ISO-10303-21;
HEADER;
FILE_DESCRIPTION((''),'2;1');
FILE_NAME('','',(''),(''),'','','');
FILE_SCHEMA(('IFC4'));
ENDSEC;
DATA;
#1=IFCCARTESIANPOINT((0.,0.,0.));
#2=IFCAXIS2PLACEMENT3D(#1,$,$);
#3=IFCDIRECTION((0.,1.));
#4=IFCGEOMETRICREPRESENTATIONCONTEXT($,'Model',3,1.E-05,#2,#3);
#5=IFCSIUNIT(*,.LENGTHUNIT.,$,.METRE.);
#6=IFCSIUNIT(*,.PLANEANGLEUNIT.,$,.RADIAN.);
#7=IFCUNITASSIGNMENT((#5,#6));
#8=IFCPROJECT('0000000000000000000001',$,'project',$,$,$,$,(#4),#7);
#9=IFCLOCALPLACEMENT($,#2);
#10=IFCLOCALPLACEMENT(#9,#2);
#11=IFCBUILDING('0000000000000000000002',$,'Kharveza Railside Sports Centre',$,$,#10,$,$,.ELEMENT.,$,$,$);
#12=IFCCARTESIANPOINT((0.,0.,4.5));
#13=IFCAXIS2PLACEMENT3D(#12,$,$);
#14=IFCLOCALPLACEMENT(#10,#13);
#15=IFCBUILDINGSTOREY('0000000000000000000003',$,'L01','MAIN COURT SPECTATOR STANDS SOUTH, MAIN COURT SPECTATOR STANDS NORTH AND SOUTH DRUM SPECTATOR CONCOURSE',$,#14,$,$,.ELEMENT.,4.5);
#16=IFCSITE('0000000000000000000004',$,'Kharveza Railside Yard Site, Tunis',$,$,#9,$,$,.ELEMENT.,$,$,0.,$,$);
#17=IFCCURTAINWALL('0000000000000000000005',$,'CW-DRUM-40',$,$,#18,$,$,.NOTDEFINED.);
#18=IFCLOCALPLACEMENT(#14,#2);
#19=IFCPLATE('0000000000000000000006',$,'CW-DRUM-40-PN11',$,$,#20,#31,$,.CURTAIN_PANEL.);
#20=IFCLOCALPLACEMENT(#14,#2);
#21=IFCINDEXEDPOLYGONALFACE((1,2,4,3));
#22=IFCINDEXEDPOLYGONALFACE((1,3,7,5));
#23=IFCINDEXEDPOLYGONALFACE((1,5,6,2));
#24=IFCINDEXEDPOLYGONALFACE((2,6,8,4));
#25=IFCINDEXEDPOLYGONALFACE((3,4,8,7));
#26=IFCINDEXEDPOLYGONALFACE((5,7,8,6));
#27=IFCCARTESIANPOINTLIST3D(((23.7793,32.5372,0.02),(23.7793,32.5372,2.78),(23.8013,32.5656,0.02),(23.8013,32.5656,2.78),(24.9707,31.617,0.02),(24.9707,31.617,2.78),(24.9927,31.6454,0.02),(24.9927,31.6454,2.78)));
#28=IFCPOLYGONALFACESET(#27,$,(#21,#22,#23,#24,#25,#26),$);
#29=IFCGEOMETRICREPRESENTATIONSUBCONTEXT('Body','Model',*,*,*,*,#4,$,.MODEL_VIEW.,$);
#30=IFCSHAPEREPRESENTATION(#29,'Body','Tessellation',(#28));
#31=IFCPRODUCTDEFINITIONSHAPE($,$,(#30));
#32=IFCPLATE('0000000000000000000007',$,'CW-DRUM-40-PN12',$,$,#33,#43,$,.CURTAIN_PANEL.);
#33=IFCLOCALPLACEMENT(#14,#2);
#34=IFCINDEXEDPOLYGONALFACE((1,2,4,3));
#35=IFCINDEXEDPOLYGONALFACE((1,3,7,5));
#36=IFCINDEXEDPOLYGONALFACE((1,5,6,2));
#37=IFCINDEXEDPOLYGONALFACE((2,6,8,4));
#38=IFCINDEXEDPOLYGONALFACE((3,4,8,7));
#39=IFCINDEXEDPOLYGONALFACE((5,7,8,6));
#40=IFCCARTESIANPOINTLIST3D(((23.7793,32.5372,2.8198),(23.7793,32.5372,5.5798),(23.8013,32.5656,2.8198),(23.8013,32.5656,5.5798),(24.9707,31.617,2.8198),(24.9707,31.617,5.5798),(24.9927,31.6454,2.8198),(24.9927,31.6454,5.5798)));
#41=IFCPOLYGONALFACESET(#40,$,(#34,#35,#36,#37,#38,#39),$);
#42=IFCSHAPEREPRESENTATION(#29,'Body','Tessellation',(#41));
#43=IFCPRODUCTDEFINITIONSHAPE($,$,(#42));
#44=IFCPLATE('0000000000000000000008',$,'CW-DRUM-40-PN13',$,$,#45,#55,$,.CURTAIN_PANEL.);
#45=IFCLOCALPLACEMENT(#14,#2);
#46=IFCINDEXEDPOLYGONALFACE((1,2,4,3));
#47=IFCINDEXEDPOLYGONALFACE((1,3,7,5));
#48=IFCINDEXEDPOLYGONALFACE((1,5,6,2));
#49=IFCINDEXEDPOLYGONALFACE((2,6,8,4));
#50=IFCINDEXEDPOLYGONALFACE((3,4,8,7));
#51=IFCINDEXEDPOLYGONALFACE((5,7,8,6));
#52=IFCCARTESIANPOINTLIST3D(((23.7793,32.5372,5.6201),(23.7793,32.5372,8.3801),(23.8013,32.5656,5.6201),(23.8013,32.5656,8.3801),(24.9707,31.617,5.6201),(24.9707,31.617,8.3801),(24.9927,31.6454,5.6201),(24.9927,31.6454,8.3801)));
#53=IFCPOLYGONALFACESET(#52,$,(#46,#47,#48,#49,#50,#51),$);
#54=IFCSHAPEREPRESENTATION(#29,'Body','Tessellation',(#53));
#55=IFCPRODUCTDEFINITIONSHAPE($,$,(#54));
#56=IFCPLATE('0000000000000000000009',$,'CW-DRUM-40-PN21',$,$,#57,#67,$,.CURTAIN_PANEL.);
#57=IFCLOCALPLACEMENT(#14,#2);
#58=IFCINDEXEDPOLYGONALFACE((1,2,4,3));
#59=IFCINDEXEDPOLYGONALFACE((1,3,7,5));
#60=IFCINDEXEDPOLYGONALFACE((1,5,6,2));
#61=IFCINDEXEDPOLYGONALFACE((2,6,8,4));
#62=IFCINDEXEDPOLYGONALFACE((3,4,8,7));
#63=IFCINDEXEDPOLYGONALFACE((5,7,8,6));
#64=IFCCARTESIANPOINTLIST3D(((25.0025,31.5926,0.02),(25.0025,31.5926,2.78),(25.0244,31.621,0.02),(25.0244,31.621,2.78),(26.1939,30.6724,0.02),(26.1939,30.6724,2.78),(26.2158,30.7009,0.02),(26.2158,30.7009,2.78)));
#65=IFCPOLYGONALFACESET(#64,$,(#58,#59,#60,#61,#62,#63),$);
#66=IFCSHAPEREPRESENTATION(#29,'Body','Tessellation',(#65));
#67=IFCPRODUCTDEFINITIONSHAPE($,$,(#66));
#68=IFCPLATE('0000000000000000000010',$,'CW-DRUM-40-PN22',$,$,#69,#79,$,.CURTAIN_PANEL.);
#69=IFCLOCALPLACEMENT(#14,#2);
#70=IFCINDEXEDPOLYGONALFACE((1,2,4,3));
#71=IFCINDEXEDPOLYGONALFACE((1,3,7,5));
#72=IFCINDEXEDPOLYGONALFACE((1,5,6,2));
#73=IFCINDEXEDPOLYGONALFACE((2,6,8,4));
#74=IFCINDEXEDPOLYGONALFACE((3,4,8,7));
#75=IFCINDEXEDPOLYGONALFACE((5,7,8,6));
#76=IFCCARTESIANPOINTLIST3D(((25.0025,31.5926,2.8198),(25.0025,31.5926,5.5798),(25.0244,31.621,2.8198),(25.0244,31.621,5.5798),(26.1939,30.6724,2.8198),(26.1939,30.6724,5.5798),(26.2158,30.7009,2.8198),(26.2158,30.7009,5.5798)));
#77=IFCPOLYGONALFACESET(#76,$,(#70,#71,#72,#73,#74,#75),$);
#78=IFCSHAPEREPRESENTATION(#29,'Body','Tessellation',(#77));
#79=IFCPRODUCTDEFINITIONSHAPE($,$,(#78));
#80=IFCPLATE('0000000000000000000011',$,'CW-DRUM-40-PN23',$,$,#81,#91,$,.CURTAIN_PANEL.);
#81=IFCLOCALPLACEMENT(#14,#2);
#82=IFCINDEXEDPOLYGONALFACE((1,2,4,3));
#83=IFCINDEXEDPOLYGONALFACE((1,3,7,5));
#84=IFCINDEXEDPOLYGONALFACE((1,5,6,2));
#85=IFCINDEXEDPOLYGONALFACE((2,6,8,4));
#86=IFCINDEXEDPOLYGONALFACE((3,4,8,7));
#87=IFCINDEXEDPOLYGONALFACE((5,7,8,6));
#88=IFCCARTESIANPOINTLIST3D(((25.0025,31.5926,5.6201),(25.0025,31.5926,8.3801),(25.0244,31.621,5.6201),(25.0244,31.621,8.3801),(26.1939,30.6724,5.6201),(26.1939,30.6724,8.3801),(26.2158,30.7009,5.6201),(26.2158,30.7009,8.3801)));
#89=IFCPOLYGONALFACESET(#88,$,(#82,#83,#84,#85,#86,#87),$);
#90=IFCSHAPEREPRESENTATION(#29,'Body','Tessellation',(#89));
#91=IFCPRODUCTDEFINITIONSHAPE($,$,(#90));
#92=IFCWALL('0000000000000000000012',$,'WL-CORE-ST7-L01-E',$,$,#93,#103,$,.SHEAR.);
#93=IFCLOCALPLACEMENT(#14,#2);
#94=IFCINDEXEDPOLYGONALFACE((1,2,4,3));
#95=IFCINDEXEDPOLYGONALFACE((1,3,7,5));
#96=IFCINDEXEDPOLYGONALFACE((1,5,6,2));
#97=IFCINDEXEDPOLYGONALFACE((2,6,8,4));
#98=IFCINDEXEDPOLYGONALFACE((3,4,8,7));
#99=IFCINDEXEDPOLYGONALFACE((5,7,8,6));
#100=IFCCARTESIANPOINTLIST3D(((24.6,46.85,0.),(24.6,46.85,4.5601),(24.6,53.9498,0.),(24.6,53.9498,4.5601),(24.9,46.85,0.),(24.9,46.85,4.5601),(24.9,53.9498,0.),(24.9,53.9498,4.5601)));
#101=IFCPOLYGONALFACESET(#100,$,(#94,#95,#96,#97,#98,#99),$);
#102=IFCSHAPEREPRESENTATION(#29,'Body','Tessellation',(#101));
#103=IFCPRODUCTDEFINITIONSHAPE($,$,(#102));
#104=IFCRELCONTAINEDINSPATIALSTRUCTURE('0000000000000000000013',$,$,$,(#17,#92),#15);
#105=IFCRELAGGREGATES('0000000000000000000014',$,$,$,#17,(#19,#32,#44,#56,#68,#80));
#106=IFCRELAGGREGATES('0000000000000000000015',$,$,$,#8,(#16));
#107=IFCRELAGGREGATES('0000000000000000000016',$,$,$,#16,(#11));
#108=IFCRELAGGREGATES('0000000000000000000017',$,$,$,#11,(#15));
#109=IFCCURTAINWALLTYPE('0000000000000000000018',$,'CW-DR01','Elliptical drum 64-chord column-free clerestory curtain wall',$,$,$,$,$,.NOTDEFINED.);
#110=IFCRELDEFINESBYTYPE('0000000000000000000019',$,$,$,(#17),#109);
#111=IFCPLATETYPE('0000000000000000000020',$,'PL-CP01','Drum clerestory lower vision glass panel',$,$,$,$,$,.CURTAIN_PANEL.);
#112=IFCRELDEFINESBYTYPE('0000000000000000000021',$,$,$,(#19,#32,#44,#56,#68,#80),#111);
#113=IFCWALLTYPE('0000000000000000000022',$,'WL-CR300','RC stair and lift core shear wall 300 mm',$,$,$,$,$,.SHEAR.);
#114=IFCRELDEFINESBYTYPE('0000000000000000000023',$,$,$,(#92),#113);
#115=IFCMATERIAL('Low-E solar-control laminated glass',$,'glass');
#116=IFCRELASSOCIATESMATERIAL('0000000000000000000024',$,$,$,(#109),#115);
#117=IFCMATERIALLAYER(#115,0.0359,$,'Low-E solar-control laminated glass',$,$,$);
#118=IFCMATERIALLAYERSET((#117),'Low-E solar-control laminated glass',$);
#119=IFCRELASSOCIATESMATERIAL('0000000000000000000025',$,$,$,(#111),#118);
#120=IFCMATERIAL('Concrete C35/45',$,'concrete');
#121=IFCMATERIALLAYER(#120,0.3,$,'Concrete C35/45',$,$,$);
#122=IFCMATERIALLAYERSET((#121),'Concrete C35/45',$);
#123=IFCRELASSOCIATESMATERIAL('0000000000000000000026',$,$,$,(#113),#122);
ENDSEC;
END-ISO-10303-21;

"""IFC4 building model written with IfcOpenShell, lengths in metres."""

from ifc_helpers import new_model, si_unit, direction, frame, frame_2d, origin, origin_2d, place, context, subcontext, project, spatial, rectangle, extrude, material, layer, layer_set, type_object, element, aggregate, save


model = new_model("IFC4")

# Units and contexts
model_context = context("Model", 3, precision=1e-05, world=origin(), true_north=direction((0.0, 1.0)))
body_context = subcontext(model_context, "Body", "Model", "MODEL_VIEW")
ifc_project = project(units=[si_unit("LENGTHUNIT", "METRE"), si_unit("PLANEANGLEUNIT", "RADIAN")], contexts=[model_context])

# Site, building, storey
site_placement = place(None, origin())
site = spatial("IfcSite", under=ifc_project, at=site_placement, Name="Kharveza Railside Yard Site, Tunis", CompositionType="ELEMENT", RefElevation=0.0)
building_placement = place(site_placement, origin())
building = spatial("IfcBuilding", under=site, at=building_placement, Name="Kharveza Railside Sports Centre", CompositionType="ELEMENT")
storey_placement = place(building_placement, frame((0.0, 0.0, 4.5)))
storey = spatial("IfcBuildingStorey", under=building, at=storey_placement, Name="L01", Description="MAIN COURT SPECTATOR STANDS SOUTH, MAIN COURT SPECTATOR STANDS NORTH AND SOUTH DRUM SPECTATOR CONCOURSE", CompositionType="ELEMENT", Elevation=4.5)

# Curtain wall
ifc_material_1 = material(Name="Low-E solar-control laminated glass", Category="glass")
curtain_wall_type = type_object("IfcCurtainWallType", Name="CW-DR01", Description="Elliptical drum 64-chord column-free clerestory curtain wall", PredefinedType="NOTDEFINED", material=ifc_material_1)
curtain_wall_1_placement = place(storey_placement, origin())
curtain_wall_1 = element("IfcCurtainWall", 1, at=curtain_wall_1_placement, inside=storey, type_object=curtain_wall_type, Name="CW-DRUM-40", PredefinedType="NOTDEFINED")

# Plates
ifc_layer_1 = layer(ifc_material_1, 0.0359, Name="Low-E solar-control laminated glass")
ifc_layer_set_1 = layer_set([ifc_layer_1], Name="Low-E solar-control laminated glass")
plate_type = type_object("IfcPlateType", Name="PL-CP01", Description="Drum clerestory lower vision glass panel", PredefinedType="CURTAIN_PANEL", material=ifc_layer_set_1)
plate_1_placement = place(storey_placement, frame((24.386, 32.0913, 0.02), z_axis=(0.0, 0.0, 1.0), x_axis=(0.791437, -0.611251, 0.0)))
plate_1 = element("IfcPlate", 2, at=plate_1_placement, type_object=plate_type, Name="CW-DRUM-40-PN11", PredefinedType="CURTAIN_PANEL", context=body_context, shape_type="SweptSolid", body=[
    extrude(rectangle(XDim=1.5054, YDim=0.0359, at=origin_2d()), origin(), (0.0, 0.0, 1.0), 2.76),
])
plate_2_placement = place(storey_placement, frame((24.386, 32.0913, 2.8198), z_axis=(0.0, 0.0, 1.0), x_axis=(0.791437, -0.611251, 0.0)))
plate_2 = element("IfcPlate", 3, at=plate_2_placement, type_object=plate_type, Name="CW-DRUM-40-PN12", PredefinedType="CURTAIN_PANEL", context=body_context, shape_type="SweptSolid", body=[
    extrude(rectangle(XDim=1.5054, YDim=0.0359, at=origin_2d()), origin(), (0.0, 0.0, 1.0), 2.76),
])
plate_3_placement = place(storey_placement, frame((24.386, 32.0913, 5.6201), z_axis=(0.0, 0.0, 1.0), x_axis=(0.791437, -0.611251, 0.0)))
plate_3 = element("IfcPlate", 4, at=plate_3_placement, type_object=plate_type, Name="CW-DRUM-40-PN13", PredefinedType="CURTAIN_PANEL", context=body_context, shape_type="SweptSolid", body=[
    extrude(rectangle(XDim=1.5054, YDim=0.0359, at=origin_2d()), origin(), (0.0, 0.0, 1.0), 2.76),
])
plate_4_placement = place(storey_placement, frame((25.6091, 31.1467, 0.02), z_axis=(0.0, 0.0, 1.0), x_axis=(0.791437, -0.611251, 0.0)))
plate_4 = element("IfcPlate", 5, at=plate_4_placement, type_object=plate_type, Name="CW-DRUM-40-PN21", PredefinedType="CURTAIN_PANEL", context=body_context, shape_type="SweptSolid", body=[
    extrude(rectangle(XDim=1.5054, YDim=0.0359, at=origin_2d()), origin(), (0.0, 0.0, 1.0), 2.76),
])
plate_5_placement = place(storey_placement, frame((25.6091, 31.1467, 2.8198), z_axis=(0.0, 0.0, 1.0), x_axis=(0.791437, -0.611251, 0.0)))
plate_5 = element("IfcPlate", 6, at=plate_5_placement, type_object=plate_type, Name="CW-DRUM-40-PN22", PredefinedType="CURTAIN_PANEL", context=body_context, shape_type="SweptSolid", body=[
    extrude(rectangle(XDim=1.5054, YDim=0.0359, at=origin_2d()), origin(), (0.0, 0.0, 1.0), 2.76),
])
plate_6_placement = place(storey_placement, frame((25.6091, 31.1467, 5.6201), z_axis=(0.0, 0.0, 1.0), x_axis=(0.791437, -0.611251, 0.0)))
plate_6 = element("IfcPlate", 7, at=plate_6_placement, type_object=plate_type, Name="CW-DRUM-40-PN23", PredefinedType="CURTAIN_PANEL", context=body_context, shape_type="SweptSolid", body=[
    extrude(rectangle(XDim=1.5054, YDim=0.0359, at=origin_2d()), origin(), (0.0, 0.0, 1.0), 2.76),
])
aggregate(curtain_wall_1, [plate_1, plate_2, plate_3, plate_4, plate_5, plate_6])

# Wall
ifc_material_2 = material(Name="Concrete C35/45", Category="concrete")
ifc_layer_2 = layer(ifc_material_2, 0.3, Name="Concrete C35/45")
ifc_layer_set_2 = layer_set([ifc_layer_2], Name="Concrete C35/45")
wall_type = type_object("IfcWallType", Name="WL-CR300", Description="RC stair and lift core shear wall 300 mm", PredefinedType="SHEAR", material=ifc_layer_set_2)
wall_placement = place(storey_placement, frame((24.75, 46.8501, 0.0), z_axis=(0.0, 0.0, 1.0), x_axis=(0.0, 1.0, 0.0)))
element("IfcWall", 8, at=wall_placement, inside=storey, type_object=wall_type, Name="WL-CORE-ST7-L01-E", PredefinedType="SHEAR", context=body_context, shape_type="SweptSolid", body=[
    extrude(rectangle(XDim=7.0999, YDim=0.3, at=frame_2d((3.5498, 0.0))), origin(), (0.0, 0.0, 1.0), 4.5601),
])

save(model, "model.ifc")
